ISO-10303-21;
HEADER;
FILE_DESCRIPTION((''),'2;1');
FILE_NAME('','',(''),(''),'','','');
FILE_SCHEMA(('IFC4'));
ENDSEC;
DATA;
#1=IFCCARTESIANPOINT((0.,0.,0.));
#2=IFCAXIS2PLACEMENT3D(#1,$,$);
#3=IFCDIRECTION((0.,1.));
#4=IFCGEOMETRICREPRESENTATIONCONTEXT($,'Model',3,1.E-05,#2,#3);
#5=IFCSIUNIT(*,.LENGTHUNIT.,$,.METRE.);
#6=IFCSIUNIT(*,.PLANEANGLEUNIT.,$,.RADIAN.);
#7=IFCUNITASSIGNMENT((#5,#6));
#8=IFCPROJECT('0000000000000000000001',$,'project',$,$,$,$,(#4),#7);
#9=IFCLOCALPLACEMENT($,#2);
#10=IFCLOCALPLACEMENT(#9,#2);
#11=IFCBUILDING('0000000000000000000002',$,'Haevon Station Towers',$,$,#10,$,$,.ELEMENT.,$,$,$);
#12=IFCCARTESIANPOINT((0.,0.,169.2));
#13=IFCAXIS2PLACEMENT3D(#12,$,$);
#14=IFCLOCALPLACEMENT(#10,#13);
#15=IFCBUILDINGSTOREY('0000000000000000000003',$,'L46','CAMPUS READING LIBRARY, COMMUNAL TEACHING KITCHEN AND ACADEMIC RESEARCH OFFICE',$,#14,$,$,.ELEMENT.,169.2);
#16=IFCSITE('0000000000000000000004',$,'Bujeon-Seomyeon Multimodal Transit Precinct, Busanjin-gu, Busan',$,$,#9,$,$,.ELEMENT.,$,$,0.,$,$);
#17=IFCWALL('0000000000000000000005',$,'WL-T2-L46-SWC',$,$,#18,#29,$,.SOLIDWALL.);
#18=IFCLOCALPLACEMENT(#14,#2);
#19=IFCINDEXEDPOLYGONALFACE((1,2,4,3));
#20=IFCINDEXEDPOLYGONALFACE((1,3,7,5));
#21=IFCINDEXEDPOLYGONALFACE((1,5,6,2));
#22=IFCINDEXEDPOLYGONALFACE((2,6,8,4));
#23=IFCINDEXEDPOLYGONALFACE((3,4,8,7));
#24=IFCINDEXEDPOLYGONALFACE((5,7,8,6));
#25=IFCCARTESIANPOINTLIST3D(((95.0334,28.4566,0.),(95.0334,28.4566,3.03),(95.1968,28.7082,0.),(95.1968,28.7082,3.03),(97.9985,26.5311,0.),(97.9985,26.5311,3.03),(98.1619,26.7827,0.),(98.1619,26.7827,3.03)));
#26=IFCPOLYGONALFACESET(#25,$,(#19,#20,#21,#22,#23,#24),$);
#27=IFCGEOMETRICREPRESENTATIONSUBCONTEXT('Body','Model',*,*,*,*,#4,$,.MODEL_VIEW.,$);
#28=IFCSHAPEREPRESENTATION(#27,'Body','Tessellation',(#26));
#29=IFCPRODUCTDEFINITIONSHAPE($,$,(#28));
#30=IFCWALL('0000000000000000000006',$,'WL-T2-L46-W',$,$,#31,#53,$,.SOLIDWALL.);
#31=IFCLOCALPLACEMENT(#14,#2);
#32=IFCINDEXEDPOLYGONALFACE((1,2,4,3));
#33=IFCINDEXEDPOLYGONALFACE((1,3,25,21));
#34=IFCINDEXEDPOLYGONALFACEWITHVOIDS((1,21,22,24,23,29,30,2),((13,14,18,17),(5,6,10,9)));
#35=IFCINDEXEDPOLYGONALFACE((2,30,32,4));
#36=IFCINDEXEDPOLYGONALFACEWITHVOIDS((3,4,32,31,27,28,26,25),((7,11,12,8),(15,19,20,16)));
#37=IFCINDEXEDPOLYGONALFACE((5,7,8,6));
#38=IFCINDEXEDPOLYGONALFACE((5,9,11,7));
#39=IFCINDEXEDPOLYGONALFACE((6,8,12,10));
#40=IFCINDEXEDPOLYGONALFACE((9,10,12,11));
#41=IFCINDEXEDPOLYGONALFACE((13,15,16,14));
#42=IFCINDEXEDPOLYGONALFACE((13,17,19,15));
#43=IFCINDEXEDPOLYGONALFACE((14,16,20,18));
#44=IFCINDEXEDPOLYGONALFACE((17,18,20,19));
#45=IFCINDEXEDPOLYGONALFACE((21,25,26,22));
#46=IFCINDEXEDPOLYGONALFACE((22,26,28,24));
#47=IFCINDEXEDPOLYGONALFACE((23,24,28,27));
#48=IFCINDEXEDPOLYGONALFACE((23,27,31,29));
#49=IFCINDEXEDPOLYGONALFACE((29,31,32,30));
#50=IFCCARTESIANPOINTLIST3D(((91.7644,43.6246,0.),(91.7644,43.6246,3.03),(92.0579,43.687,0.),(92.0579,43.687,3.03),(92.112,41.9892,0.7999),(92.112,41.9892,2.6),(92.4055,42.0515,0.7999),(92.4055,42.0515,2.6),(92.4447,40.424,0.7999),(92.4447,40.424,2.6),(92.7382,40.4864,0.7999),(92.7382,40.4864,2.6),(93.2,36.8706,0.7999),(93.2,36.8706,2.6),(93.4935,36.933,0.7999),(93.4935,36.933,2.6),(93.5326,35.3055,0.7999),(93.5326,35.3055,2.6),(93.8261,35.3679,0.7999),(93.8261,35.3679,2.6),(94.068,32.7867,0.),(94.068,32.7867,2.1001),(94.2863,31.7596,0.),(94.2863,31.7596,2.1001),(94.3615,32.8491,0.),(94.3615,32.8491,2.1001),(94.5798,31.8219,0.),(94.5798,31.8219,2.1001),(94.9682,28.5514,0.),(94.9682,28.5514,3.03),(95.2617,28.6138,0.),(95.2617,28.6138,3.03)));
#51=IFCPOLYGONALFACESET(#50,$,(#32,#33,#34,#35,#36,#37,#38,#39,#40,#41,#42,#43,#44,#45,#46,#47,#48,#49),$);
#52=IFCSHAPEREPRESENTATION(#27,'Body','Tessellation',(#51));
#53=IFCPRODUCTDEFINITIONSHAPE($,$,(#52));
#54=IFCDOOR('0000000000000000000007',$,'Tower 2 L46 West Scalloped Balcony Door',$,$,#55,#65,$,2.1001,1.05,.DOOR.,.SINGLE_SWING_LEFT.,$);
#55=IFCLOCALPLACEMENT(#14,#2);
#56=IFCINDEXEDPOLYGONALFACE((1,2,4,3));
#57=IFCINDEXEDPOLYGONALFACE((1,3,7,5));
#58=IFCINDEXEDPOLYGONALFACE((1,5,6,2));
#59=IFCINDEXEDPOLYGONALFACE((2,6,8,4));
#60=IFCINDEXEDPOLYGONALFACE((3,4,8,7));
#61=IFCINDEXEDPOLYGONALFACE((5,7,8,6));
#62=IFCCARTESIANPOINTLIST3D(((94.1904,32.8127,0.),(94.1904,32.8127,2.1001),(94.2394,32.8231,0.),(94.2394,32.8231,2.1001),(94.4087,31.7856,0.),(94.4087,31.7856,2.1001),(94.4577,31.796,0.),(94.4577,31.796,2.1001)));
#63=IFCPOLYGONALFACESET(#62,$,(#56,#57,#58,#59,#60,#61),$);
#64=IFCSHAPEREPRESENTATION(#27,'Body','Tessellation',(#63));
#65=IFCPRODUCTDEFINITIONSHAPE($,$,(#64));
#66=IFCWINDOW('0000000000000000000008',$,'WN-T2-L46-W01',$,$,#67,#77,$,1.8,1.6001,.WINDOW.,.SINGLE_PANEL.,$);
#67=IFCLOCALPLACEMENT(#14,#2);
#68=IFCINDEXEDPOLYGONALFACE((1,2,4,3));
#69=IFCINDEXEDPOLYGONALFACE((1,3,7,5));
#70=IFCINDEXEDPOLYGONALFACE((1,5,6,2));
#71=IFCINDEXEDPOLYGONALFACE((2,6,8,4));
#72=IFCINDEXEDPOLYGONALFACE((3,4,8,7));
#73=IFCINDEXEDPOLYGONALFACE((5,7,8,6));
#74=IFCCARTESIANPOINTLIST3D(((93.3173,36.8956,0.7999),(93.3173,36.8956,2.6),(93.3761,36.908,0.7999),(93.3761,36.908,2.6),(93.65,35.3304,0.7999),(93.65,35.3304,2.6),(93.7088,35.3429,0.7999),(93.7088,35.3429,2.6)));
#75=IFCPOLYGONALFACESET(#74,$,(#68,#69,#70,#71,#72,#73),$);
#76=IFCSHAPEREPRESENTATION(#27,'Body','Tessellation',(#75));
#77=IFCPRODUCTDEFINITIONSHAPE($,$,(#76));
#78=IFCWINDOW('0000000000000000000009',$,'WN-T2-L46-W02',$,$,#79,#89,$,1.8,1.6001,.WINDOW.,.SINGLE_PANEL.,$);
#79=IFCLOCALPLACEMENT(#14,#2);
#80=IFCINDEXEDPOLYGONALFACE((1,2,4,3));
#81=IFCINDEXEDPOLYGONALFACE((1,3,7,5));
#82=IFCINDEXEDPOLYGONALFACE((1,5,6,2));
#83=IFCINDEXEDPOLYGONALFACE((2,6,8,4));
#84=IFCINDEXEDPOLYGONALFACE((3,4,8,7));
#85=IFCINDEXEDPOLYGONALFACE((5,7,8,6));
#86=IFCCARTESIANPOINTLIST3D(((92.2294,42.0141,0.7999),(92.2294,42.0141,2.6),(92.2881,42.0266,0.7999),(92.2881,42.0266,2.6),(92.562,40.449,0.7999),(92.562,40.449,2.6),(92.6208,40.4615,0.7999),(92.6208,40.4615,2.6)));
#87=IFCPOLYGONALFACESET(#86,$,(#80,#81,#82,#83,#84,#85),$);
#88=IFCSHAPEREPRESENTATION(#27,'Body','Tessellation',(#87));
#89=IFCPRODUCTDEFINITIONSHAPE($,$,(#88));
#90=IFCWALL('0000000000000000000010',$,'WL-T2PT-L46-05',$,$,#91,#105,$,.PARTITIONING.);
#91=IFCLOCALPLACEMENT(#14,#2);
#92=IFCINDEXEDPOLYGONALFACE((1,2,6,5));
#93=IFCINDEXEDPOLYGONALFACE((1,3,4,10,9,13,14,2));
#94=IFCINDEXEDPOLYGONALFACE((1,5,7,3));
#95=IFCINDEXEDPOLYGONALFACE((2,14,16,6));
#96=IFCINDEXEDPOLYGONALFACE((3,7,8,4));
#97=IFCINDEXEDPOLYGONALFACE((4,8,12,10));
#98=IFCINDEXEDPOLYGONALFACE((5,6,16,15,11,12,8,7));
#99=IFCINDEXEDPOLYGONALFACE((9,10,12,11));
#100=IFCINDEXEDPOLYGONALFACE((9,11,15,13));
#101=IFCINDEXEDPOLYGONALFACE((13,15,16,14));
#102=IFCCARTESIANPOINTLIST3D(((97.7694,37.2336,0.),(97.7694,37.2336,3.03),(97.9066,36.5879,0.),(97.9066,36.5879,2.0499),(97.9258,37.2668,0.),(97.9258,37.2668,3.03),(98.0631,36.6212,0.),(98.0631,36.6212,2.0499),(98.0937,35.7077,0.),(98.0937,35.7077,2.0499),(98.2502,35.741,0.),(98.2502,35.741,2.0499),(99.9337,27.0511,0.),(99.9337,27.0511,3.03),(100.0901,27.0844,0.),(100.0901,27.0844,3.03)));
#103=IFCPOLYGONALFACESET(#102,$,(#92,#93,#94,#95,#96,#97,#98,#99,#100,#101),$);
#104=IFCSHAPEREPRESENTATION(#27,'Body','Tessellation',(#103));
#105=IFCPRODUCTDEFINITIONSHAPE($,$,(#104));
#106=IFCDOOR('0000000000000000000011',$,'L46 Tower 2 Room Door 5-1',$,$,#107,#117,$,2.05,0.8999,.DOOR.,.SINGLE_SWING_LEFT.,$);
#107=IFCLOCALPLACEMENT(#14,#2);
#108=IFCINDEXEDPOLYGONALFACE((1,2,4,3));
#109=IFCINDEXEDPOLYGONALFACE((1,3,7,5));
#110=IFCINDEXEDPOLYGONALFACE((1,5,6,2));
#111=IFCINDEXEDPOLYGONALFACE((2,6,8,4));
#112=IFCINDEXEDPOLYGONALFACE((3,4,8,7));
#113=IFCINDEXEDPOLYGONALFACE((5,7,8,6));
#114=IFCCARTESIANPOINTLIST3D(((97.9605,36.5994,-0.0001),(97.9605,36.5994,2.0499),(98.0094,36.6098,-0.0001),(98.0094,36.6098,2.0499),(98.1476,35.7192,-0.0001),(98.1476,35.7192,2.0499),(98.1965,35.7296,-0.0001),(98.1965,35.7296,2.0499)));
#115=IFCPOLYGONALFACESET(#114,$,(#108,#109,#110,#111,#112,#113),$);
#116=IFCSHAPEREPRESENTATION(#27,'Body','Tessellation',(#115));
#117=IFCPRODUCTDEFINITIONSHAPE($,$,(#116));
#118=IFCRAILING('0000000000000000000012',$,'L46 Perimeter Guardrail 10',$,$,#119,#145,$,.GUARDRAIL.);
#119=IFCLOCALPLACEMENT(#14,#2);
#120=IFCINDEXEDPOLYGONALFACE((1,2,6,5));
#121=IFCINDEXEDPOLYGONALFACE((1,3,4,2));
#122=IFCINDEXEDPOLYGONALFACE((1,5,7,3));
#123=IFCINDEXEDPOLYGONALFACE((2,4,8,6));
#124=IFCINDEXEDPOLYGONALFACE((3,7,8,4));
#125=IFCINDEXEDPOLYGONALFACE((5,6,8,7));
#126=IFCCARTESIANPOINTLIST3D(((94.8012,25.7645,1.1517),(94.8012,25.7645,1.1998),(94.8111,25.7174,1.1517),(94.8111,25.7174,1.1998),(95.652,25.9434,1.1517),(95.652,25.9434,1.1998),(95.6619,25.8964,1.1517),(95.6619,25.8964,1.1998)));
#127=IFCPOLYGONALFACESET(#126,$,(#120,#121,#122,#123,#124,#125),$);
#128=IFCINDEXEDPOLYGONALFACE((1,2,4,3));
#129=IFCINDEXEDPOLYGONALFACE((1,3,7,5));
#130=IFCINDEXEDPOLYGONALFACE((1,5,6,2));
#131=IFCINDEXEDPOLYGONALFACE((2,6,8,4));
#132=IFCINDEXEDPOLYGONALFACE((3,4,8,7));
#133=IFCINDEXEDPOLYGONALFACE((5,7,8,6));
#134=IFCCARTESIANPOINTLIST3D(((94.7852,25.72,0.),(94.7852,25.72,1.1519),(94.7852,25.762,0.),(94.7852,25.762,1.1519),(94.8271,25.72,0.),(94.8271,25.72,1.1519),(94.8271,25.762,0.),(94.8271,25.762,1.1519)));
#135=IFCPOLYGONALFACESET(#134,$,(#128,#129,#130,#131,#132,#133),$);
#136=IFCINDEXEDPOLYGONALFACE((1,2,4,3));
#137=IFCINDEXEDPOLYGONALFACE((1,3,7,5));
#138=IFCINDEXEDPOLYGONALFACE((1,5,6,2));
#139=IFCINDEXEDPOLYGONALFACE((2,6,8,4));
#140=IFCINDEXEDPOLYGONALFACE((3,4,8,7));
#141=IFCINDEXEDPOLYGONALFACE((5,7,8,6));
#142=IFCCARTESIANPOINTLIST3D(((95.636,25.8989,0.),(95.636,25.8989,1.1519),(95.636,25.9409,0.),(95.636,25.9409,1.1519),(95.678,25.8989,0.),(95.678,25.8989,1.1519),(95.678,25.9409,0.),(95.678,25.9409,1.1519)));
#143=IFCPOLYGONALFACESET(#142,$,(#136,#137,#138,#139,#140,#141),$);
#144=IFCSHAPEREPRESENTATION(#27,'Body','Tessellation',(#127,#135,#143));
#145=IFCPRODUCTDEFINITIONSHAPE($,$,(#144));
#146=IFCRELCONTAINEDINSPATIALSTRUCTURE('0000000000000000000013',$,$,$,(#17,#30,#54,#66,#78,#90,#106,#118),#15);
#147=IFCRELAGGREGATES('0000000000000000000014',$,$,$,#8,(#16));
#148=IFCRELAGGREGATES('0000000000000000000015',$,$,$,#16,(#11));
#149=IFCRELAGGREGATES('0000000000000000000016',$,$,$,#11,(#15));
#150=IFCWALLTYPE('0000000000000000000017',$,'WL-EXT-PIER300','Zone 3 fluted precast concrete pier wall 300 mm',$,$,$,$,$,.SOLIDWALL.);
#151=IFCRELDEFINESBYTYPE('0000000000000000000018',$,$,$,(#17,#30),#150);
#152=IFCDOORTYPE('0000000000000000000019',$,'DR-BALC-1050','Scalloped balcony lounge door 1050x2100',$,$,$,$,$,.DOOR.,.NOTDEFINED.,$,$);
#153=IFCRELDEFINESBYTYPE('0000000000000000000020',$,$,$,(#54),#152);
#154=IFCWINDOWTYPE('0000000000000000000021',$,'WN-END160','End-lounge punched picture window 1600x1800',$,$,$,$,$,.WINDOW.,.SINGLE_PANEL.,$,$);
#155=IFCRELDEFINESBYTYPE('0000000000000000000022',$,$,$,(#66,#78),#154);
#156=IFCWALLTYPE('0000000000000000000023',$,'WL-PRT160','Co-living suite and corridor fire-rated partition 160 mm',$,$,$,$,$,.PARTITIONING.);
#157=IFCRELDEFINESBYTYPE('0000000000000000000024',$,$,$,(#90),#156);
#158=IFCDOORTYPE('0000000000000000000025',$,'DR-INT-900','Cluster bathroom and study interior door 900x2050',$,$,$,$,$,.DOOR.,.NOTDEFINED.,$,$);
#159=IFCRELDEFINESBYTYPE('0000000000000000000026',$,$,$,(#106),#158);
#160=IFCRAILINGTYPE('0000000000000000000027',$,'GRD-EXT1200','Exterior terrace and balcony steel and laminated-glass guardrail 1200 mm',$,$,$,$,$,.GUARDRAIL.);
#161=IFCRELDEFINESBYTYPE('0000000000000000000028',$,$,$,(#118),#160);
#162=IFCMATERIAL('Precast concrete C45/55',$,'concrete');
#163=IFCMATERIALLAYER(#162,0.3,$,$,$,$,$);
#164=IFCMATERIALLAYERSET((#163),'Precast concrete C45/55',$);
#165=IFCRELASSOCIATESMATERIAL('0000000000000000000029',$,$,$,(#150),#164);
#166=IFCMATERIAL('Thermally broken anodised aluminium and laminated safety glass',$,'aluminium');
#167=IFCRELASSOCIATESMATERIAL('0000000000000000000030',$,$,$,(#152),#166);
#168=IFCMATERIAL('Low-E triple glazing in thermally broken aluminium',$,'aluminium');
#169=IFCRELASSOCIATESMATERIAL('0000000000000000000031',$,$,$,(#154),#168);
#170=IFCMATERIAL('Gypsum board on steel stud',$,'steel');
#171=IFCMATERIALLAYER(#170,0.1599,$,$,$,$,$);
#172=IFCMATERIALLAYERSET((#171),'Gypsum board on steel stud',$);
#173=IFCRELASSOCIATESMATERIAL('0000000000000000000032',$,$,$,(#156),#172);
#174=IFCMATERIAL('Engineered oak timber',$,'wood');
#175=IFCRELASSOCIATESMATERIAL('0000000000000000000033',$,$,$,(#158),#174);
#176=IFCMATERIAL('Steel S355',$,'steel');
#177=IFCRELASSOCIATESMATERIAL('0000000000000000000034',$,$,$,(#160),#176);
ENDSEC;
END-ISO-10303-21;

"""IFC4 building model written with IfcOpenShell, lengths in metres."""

from ifc_helpers import new_model, si_unit, direction, frame, frame_2d, origin, origin_2d, place, context, subcontext, project, spatial, rectangle, extrude, material, layer, layer_set, type_object, element, fill, save


model = new_model("IFC4")

# Units and contexts
model_context = context("Model", 3, precision=1e-05, world=origin(), true_north=direction((0.0, 1.0)))
body_context = subcontext(model_context, "Body", "Model", "MODEL_VIEW")
ifc_project = project(units=[si_unit("LENGTHUNIT", "METRE"), si_unit("PLANEANGLEUNIT", "RADIAN")], contexts=[model_context])

# Site, building, storey
site_placement = place(None, origin())
site = spatial("IfcSite", under=ifc_project, at=site_placement, Name="Bujeon-Seomyeon Multimodal Transit Precinct, Busanjin-gu, Busan", CompositionType="ELEMENT", RefElevation=0.0)
building_placement = place(site_placement, origin())
building = spatial("IfcBuilding", under=site, at=building_placement, Name="Haevon Station Towers", CompositionType="ELEMENT")
storey_placement = place(building_placement, frame((0.0, 0.0, 169.2)))
storey = spatial("IfcBuildingStorey", under=building, at=storey_placement, Name="L46", Description="CAMPUS READING LIBRARY, COMMUNAL TEACHING KITCHEN AND ACADEMIC RESEARCH OFFICE", CompositionType="ELEMENT", Elevation=169.2)

# Shared definitions
ifc_material_1 = material(Name="Steel S355", Category="steel")

# Wall
ifc_material_2 = material(Name="Precast concrete C45/55", Category="concrete")
ifc_layer_1 = layer(ifc_material_2, 0.3)
ifc_layer_set_1 = layer_set([ifc_layer_1], Name="Precast concrete C45/55")
wall_type_1 = type_object("IfcWallType", Name="WL-EXT-PIER300", Description="Zone 3 fluted precast concrete pier wall 300 mm", PredefinedType="SOLIDWALL", material=ifc_layer_set_1)
wall_1_placement = place(storey_placement, frame((98.0801, 26.657, 0.0), z_axis=(0.0, 0.0, 1.0), x_axis=(-0.838672, 0.544636, 0.0)))
element("IfcWall", 1, at=wall_1_placement, inside=storey, type_object=wall_type_1, Name="WL-T2-L46-SWC", PredefinedType="SOLIDWALL", context=body_context, shape_type="SweptSolid", body=[
    extrude(rectangle(XDim=3.5354, YDim=0.3, at=frame_2d((1.7676, 0.0))), origin(), (0.0, 0.0, 1.0), 3.03),
])

# Wall, openings, door, windows
wall_2_placement = place(storey_placement, frame((95.115, 28.5825, 0.0), z_axis=(0.0, 0.0, 1.0), x_axis=(-0.207908, 0.978148, 0.0)))
wall_2 = element("IfcWall", 2, at=wall_2_placement, inside=storey, type_object=wall_type_1, Name="WL-T2-L46-W", PredefinedType="SOLIDWALL", context=body_context, shape_type="SweptSolid", body=[
    extrude(rectangle(XDim=15.4099, YDim=0.3, at=frame_2d((7.7051, 0.0))), origin(), (0.0, 0.0, 1.0), 3.03),
])
opening_1_placement = place(wall_2_placement, frame((3.28, 0.0, 0.0)))
opening_1 = element("IfcOpeningElement", 3, at=opening_1_placement, cuts=wall_2, PredefinedType="OPENING", context=body_context, shape_type="SweptSolid", body=[
    extrude(rectangle(XDim=1.05, YDim=2.1001, at=frame_2d((0.5249, 1.05))), frame((0.0, 0.1599, 0.0), z_axis=(0.0, -1.0, 0.0), x_axis=(1.0, 0.0, 0.0)), (0.0, 0.0, 1.0), 0.3201),
])
opening_2_placement = place(wall_2_placement, frame((6.905, 0.0, 0.8)))
opening_2 = element("IfcOpeningElement", 4, at=opening_2_placement, cuts=wall_2, PredefinedType="OPENING", context=body_context, shape_type="SweptSolid", body=[
    extrude(rectangle(XDim=1.6001, YDim=1.8, at=frame_2d((0.8, 0.8999))), frame((0.0, 0.1599, 0.0), z_axis=(0.0, -1.0, 0.0), x_axis=(1.0, 0.0, 0.0)), (0.0, 0.0, 1.0), 0.3201),
])
opening_3_placement = place(wall_2_placement, frame((12.1379, 0.0, 0.8)))
opening_3 = element("IfcOpeningElement", 5, at=opening_3_placement, cuts=wall_2, PredefinedType="OPENING", context=body_context, shape_type="SweptSolid", body=[
    extrude(rectangle(XDim=1.6001, YDim=1.8, at=frame_2d((0.8, 0.8999))), frame((0.0, 0.1599, 0.0), z_axis=(0.0, -1.0, 0.0), x_axis=(1.0, 0.0, 0.0)), (0.0, 0.0, 1.0), 0.3201),
])
ifc_material_3 = material(Name="Thermally broken anodised aluminium and laminated safety glass", Category="aluminium")
door_type_1 = type_object("IfcDoorType", Name="DR-BALC-1050", Description="Scalloped balcony lounge door 1050x2100", OperationType="NOTDEFINED", PredefinedType="DOOR", material=ifc_material_3)
door_1_placement = place(opening_1_placement, origin())
door_1 = element("IfcDoor", 6, at=door_1_placement, inside=storey, type_object=door_type_1, Name="Tower 2 L46 West Scalloped Balcony Door", OperationType="SINGLE_SWING_LEFT", OverallHeight=2.1001, OverallWidth=1.05, PredefinedType="DOOR", context=body_context, shape_type="SweptSolid", body=[
    extrude(rectangle(XDim=1.05, YDim=2.1001, at=frame_2d((0.5249, 1.05))), frame((0.0, 0.0249, 0.0), z_axis=(0.0, -1.0, 0.0), x_axis=(1.0, 0.0, 0.0)), (0.0, 0.0, 1.0), 0.05),
])
fill(opening_1, door_1)
ifc_material_4 = material(Name="Low-E triple glazing in thermally broken aluminium", Category="aluminium")
window_type = type_object("IfcWindowType", Name="WN-END160", Description="End-lounge punched picture window 1600x1800", PartitioningType="SINGLE_PANEL", PredefinedType="WINDOW", material=ifc_material_4)
window_1_placement = place(opening_2_placement, origin())
window_1 = element("IfcWindow", 7, at=window_1_placement, inside=storey, type_object=window_type, Name="WN-T2-L46-W01", OverallHeight=1.8, OverallWidth=1.6001, PartitioningType="SINGLE_PANEL", PredefinedType="WINDOW", context=body_context, shape_type="SweptSolid", body=[
    extrude(rectangle(XDim=1.6001, YDim=1.8, at=frame_2d((0.8, 0.8999))), frame((0.0, 0.03, 0.0), z_axis=(0.0, -1.0, 0.0), x_axis=(1.0, 0.0, 0.0)), (0.0, 0.0, 1.0), 0.0601),
])
fill(opening_2, window_1)
window_2_placement = place(opening_3_placement, origin())
window_2 = element("IfcWindow", 8, at=window_2_placement, inside=storey, type_object=window_type, Name="WN-T2-L46-W02", OverallHeight=1.8, OverallWidth=1.6001, PartitioningType="SINGLE_PANEL", PredefinedType="WINDOW", context=body_context, shape_type="SweptSolid", body=[
    extrude(rectangle(XDim=1.6001, YDim=1.8, at=frame_2d((0.8, 0.8999))), frame((0.0, 0.03, 0.0), z_axis=(0.0, -1.0, 0.0), x_axis=(1.0, 0.0, 0.0)), (0.0, 0.0, 1.0), 0.0601),
])
fill(opening_3, window_2)

# Wall, opening, door
ifc_material_5 = material(Name="Gypsum board on steel stud", Category="steel")
ifc_layer_2 = layer(ifc_material_5, 0.1599)
ifc_layer_set_2 = layer_set([ifc_layer_2], Name="Gypsum board on steel stud")
wall_type_2 = type_object("IfcWallType", Name="WL-PRT160", Description="Co-living suite and corridor fire-rated partition 160 mm", PredefinedType="PARTITIONING", material=ifc_layer_set_2)
wall_3_placement = place(storey_placement, frame((100.012, 27.0676, 0.0), z_axis=(0.0, 0.0, 1.0), x_axis=(-0.20791, 0.978148, 0.0)))
wall_3 = element("IfcWall", 9, at=wall_3_placement, inside=storey, type_object=wall_type_2, Name="WL-T2PT-L46-05", PredefinedType="PARTITIONING", context=body_context, shape_type="SweptSolid", body=[
    extrude(rectangle(XDim=10.4099, YDim=0.1599, at=frame_2d((5.2051, 0.0))), origin(), (0.0, 0.0, 1.0), 3.03),
])
opening_4_placement = place(wall_3_placement, frame((8.8501, 0.0, 0.0)))
opening_4 = element("IfcOpeningElement", 10, at=opening_4_placement, cuts=wall_3, PredefinedType="OPENING", context=body_context, shape_type="SweptSolid", body=[
    extrude(rectangle(XDim=0.8999, YDim=2.05, at=frame_2d((0.45, 1.0249))), frame((0.0, 0.0898, 0.0), z_axis=(0.0, -1.0, 0.0), x_axis=(1.0, 0.0, 0.0)), (0.0, 0.0, 1.0), 0.1799),
])
ifc_material_6 = material(Name="Engineered oak timber", Category="wood")
door_type_2 = type_object("IfcDoorType", Name="DR-INT-900", Description="Cluster bathroom and study interior door 900x2050", OperationType="NOTDEFINED", PredefinedType="DOOR", material=ifc_material_6)
door_2_placement = place(opening_4_placement, origin())
door_2 = element("IfcDoor", 11, at=door_2_placement, inside=storey, type_object=door_type_2, Name="L46 Tower 2 Room Door 5-1", OperationType="SINGLE_SWING_LEFT", OverallHeight=2.05, OverallWidth=0.8999, PredefinedType="DOOR", context=body_context, shape_type="SweptSolid", body=[
    extrude(rectangle(XDim=0.8999, YDim=2.05, at=frame_2d((0.45, 1.0249))), frame((0.0, 0.0249, 0.0), z_axis=(0.0, -1.0, 0.0), x_axis=(1.0, 0.0, 0.0)), (0.0, 0.0, 1.0), 0.05),
])
fill(opening_4, door_2)

# Railing
railing_type = type_object("IfcRailingType", Name="GRD-EXT1200", Description="Exterior terrace and balcony steel and laminated-glass guardrail 1200 mm", PredefinedType="GUARDRAIL", material=ifc_material_1)
railing_placement = place(storey_placement, frame((94.8062, 25.741, 0.0)))
element("IfcRailing", 12, at=railing_placement, inside=storey, type_object=railing_type, Name="L46 Perimeter Guardrail 10", PredefinedType="GUARDRAIL", context=body_context, shape_type="SweptSolid", body=[
    extrude(rectangle(XDim=0.0481, YDim=0.0481, at=origin_2d()), frame((0.0, 0.0, 1.1758), z_axis=(0.978588, 0.205827, 0.0), x_axis=(-0.205827, 0.978588, 0.0)), (0.0, 0.0, 1.0), 0.8694),
    extrude(rectangle(XDim=0.042, YDim=0.042, at=origin_2d()), origin(), (0.0, 0.0, 1.0), 1.1519),
    extrude(rectangle(XDim=0.042, YDim=0.042, at=origin_2d()), frame((0.8508, 0.179, 0.0)), (0.0, 0.0, 1.0), 1.1519),
])

save(model, "model.ifc")
